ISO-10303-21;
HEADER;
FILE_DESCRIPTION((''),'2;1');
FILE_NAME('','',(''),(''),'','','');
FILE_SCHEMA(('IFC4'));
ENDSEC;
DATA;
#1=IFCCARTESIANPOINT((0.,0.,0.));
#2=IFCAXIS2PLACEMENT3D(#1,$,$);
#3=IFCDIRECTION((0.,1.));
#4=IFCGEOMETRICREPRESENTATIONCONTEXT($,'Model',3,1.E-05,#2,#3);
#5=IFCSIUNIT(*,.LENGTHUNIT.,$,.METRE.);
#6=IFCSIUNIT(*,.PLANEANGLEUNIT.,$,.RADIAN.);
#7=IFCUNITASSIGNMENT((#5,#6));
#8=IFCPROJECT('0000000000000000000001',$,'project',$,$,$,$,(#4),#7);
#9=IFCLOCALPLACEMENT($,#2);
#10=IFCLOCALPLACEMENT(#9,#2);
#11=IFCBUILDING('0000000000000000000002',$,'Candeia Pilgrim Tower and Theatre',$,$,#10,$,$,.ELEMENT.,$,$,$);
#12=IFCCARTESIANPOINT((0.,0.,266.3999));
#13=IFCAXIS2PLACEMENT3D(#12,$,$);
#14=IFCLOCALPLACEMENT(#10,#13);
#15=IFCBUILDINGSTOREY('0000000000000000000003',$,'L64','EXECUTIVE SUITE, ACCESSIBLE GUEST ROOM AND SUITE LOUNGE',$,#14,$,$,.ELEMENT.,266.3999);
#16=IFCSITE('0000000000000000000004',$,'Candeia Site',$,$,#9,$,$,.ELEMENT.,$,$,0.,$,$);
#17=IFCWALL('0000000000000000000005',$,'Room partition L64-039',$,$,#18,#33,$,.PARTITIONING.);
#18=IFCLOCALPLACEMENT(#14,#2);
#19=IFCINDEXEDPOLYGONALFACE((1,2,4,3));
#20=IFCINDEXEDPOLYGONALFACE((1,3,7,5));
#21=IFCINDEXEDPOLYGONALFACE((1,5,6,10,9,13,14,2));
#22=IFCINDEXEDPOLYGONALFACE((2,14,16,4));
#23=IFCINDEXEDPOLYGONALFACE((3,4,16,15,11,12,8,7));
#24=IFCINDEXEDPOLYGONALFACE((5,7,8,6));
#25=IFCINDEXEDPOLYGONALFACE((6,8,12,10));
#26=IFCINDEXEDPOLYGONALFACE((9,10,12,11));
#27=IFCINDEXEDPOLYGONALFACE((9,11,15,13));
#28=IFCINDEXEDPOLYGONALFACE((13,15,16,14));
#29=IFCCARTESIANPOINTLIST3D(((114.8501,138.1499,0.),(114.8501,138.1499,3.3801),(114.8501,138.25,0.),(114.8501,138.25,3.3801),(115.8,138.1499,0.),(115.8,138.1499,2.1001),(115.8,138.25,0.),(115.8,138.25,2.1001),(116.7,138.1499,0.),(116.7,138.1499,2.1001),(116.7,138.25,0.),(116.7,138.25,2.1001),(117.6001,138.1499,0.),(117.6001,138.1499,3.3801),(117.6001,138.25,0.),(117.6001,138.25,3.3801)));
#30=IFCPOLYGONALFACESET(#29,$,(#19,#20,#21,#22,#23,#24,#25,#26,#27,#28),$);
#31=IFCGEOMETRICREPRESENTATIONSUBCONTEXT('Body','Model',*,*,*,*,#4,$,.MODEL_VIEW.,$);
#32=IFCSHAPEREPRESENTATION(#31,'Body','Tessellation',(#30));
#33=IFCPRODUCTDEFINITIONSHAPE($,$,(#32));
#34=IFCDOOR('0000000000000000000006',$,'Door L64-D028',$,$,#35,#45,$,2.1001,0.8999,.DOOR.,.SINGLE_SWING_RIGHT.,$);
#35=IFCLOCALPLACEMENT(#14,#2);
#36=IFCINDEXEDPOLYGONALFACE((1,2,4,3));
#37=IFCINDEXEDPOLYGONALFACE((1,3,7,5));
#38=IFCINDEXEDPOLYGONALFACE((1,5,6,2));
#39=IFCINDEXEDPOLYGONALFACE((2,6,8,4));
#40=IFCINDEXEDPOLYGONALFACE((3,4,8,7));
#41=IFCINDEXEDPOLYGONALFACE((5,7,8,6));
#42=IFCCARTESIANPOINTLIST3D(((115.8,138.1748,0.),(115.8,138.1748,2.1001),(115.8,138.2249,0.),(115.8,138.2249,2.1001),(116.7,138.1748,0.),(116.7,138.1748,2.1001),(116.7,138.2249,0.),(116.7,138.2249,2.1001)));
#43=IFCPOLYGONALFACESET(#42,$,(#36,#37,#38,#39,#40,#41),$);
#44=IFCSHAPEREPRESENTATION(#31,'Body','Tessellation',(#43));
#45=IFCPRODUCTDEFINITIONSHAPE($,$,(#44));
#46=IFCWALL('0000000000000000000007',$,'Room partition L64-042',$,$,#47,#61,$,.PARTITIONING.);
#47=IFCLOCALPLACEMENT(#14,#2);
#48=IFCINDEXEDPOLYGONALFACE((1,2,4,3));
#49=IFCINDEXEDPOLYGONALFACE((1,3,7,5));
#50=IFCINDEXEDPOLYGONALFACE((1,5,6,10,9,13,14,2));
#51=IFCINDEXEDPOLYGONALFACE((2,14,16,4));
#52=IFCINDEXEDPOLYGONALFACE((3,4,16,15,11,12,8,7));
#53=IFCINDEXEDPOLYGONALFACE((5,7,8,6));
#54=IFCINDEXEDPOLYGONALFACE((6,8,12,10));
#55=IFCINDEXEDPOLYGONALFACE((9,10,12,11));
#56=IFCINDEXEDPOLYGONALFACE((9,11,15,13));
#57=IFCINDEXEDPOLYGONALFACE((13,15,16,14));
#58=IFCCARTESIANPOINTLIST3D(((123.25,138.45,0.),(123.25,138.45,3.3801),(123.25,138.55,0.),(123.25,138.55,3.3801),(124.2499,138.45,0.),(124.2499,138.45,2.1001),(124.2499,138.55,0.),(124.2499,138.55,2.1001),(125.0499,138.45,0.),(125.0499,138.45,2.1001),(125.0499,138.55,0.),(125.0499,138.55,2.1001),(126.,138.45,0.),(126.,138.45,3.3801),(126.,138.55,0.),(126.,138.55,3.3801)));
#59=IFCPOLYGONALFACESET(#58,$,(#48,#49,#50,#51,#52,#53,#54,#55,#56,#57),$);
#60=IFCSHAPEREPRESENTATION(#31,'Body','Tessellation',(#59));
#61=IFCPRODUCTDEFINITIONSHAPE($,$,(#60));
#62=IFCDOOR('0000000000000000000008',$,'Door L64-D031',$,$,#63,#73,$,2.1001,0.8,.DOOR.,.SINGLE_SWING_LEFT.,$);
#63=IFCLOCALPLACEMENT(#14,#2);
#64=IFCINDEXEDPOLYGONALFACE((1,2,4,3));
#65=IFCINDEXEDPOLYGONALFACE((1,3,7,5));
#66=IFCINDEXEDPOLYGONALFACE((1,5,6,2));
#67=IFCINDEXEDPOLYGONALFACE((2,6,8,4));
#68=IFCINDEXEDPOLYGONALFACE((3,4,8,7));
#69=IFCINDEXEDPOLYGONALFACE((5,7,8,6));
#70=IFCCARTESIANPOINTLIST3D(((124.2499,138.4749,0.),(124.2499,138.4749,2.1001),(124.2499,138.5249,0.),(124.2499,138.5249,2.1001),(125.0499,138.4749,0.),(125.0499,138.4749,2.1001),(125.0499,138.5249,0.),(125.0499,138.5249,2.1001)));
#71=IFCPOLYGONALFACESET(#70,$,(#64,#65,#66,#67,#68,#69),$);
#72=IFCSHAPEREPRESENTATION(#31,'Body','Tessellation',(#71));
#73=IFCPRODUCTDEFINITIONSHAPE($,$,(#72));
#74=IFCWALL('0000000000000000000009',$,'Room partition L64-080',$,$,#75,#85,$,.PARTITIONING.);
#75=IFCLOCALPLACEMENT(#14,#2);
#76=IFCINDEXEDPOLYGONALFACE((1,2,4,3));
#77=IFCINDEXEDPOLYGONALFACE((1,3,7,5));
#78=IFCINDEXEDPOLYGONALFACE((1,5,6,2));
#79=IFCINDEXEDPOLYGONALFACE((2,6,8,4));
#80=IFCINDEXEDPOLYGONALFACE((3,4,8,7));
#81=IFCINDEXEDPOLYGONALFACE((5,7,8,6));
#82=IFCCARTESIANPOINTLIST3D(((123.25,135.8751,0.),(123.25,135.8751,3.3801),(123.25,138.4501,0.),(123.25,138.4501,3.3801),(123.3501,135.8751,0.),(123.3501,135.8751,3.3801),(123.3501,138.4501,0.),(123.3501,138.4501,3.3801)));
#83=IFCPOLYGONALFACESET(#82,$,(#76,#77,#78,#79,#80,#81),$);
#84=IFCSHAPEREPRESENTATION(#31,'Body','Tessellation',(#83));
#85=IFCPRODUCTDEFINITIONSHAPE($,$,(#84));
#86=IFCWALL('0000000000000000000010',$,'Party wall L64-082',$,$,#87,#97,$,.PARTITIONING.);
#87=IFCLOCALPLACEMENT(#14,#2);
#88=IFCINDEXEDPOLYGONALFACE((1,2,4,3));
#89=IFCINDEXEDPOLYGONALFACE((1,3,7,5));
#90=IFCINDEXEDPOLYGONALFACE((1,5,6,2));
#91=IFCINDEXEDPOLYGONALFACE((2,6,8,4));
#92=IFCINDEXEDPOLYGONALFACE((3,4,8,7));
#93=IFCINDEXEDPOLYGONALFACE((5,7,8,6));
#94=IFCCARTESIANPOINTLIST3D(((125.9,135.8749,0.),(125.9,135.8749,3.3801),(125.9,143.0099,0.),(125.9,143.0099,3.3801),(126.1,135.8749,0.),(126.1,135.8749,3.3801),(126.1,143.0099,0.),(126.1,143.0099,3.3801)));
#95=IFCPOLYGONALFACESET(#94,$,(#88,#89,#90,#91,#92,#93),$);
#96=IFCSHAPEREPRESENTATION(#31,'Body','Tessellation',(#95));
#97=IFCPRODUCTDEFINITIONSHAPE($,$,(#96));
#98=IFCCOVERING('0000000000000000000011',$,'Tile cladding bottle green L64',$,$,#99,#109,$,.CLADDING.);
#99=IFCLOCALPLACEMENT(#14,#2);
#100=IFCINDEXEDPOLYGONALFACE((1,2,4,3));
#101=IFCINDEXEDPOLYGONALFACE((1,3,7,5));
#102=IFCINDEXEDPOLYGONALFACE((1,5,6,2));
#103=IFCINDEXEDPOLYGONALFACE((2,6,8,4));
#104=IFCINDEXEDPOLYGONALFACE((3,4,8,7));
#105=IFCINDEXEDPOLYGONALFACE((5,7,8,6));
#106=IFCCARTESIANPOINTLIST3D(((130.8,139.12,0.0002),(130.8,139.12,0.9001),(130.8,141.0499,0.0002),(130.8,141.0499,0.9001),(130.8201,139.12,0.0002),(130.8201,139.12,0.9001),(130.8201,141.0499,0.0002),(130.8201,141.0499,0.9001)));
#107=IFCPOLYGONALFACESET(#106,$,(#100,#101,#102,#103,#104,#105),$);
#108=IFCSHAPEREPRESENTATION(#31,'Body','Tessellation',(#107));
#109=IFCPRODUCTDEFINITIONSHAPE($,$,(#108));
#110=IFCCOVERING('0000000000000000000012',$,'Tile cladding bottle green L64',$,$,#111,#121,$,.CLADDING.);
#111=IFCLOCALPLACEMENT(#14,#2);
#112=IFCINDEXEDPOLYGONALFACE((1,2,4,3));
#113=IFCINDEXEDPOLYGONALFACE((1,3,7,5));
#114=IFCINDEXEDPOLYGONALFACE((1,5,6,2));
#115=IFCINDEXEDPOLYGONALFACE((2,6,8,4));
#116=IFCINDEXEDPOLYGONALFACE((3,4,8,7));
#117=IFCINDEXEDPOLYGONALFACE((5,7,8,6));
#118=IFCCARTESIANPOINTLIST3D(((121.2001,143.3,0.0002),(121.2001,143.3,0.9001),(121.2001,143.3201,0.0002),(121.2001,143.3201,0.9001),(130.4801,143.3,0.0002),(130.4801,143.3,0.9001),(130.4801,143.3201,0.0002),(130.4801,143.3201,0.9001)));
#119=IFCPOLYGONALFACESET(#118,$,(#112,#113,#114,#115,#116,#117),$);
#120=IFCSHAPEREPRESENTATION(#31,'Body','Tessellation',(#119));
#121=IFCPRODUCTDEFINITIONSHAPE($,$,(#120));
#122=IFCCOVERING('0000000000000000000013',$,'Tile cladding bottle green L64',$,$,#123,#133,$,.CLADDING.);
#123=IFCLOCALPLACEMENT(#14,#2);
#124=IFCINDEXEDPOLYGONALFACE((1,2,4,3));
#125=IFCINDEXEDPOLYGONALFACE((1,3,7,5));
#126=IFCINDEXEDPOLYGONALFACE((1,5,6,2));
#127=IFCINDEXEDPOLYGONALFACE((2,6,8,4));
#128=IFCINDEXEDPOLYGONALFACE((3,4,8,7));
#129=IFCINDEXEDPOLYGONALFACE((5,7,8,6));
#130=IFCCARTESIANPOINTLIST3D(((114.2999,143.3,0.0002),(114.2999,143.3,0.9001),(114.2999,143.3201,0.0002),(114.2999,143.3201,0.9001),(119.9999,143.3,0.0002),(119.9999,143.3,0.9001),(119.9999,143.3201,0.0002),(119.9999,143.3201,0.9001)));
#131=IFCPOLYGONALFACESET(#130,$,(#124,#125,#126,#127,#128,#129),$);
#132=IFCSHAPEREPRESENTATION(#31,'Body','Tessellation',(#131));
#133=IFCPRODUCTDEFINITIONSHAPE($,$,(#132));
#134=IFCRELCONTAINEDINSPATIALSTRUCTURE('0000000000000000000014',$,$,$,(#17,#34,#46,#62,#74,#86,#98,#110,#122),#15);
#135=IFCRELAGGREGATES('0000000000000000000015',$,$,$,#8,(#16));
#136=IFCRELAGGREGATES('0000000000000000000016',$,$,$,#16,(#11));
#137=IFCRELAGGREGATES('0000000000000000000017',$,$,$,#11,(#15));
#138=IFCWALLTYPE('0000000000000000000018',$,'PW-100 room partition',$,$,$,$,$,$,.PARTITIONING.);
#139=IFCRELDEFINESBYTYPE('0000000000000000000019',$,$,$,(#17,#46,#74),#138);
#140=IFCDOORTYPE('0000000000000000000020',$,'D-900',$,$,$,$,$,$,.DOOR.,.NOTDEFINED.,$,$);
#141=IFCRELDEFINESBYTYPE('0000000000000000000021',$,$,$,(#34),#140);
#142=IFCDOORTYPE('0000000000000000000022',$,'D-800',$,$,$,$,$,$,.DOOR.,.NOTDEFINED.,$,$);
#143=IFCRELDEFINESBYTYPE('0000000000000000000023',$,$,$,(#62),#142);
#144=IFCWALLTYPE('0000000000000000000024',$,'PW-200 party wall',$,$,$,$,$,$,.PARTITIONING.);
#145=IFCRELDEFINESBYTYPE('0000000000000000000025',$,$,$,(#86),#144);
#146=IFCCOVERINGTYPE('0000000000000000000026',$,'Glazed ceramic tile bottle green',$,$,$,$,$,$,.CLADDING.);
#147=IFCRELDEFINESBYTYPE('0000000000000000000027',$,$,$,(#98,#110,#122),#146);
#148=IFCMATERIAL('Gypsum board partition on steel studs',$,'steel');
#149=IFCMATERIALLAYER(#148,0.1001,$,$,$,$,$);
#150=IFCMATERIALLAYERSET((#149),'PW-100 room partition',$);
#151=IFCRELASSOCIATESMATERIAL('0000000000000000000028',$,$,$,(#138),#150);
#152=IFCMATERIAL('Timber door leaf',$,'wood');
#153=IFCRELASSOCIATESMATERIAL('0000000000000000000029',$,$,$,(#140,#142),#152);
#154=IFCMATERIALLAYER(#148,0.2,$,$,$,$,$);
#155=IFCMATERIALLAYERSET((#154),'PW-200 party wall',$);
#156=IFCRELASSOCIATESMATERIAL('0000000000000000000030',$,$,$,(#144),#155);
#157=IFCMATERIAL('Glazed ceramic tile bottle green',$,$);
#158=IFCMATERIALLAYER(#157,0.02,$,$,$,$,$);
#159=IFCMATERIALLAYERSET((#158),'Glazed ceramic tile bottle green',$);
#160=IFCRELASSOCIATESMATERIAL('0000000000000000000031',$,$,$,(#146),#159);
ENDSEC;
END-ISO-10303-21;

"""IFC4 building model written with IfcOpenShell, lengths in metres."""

from ifc_helpers import new_model, si_unit, direction, frame, frame_2d, origin, origin_2d, place, context, subcontext, project, spatial, rectangle, extrude, material, layer, layer_set, type_object, element, fill, save


model = new_model("IFC4")

# Units and contexts
model_context = context("Model", 3, precision=1e-05, world=origin(), true_north=direction((0.0, 1.0)))
body_context = subcontext(model_context, "Body", "Model", "MODEL_VIEW")
ifc_project = project(units=[si_unit("LENGTHUNIT", "METRE"), si_unit("PLANEANGLEUNIT", "RADIAN")], contexts=[model_context])

# Site, building, storey
site_placement = place(None, origin())
site = spatial("IfcSite", under=ifc_project, at=site_placement, Name="Candeia Site", CompositionType="ELEMENT", RefElevation=0.0)
building_placement = place(site_placement, origin())
building = spatial("IfcBuilding", under=site, at=building_placement, Name="Candeia Pilgrim Tower and Theatre", CompositionType="ELEMENT")
storey_placement = place(building_placement, frame((0.0, 0.0, 266.3999)))
storey = spatial("IfcBuildingStorey", under=building, at=storey_placement, Name="L64", Description="EXECUTIVE SUITE, ACCESSIBLE GUEST ROOM AND SUITE LOUNGE", CompositionType="ELEMENT", Elevation=266.3999)

# Walls, openings, doors
ifc_material_1 = material(Name="Gypsum board partition on steel studs", Category="steel")
ifc_layer_1 = layer(ifc_material_1, 0.1001)
ifc_layer_set_1 = layer_set([ifc_layer_1], Name="PW-100 room partition")
wall_type_1 = type_object("IfcWallType", Name="PW-100 room partition", PredefinedType="PARTITIONING", material=ifc_layer_set_1)
wall_1_placement = place(storey_placement, frame((114.8501, 138.2, 0.0), z_axis=(0.0, 0.0, 1.0), x_axis=(1.0, 0.0, 0.0)))
wall_1 = element("IfcWall", 1, at=wall_1_placement, inside=storey, type_object=wall_type_1, Name="Room partition L64-039", PredefinedType="PARTITIONING", context=body_context, shape_type="SweptSolid", body=[
    extrude(rectangle(XDim=2.75, YDim=0.1001, at=frame_2d((1.375, 0.0))), origin(), (0.0, 0.0, 1.0), 3.3801),
])
opening_1_placement = place(wall_1_placement, frame((0.95, 0.0, 0.0)))
opening_1 = element("IfcOpeningElement", 2, at=opening_1_placement, cuts=wall_1, PredefinedType="OPENING", context=body_context, shape_type="SweptSolid", body=[
    extrude(rectangle(XDim=0.8999, YDim=2.1001, at=frame_2d((0.45, 1.05))), frame((0.0, 0.0601, 0.0), z_axis=(0.0, -1.0, 0.0), x_axis=(1.0, 0.0, 0.0)), (0.0, 0.0, 1.0), 0.1201),
])
ifc_material_2 = material(Name="Timber door leaf", Category="wood")
door_type_1 = type_object("IfcDoorType", Name="D-900", OperationType="NOTDEFINED", PredefinedType="DOOR", material=ifc_material_2)
door_1_placement = place(opening_1_placement, origin())
door_1 = element("IfcDoor", 3, at=door_1_placement, inside=storey, type_object=door_type_1, Name="Door L64-D028", OperationType="SINGLE_SWING_RIGHT", OverallHeight=2.1001, OverallWidth=0.8999, PredefinedType="DOOR", context=body_context, shape_type="SweptSolid", body=[
    extrude(rectangle(XDim=0.8999, YDim=2.1001, at=frame_2d((0.45, 1.05))), frame((0.0, 0.0249, 0.0), z_axis=(0.0, -1.0, 0.0), x_axis=(1.0, 0.0, 0.0)), (0.0, 0.0, 1.0), 0.05),
])
fill(opening_1, door_1)
wall_2_placement = place(storey_placement, frame((123.25, 138.5, 0.0), z_axis=(0.0, 0.0, 1.0), x_axis=(1.0, 0.0, 0.0)))
wall_2 = element("IfcWall", 4, at=wall_2_placement, inside=storey, type_object=wall_type_1, Name="Room partition L64-042", PredefinedType="PARTITIONING", context=body_context, shape_type="SweptSolid", body=[
    extrude(rectangle(XDim=2.75, YDim=0.1001, at=frame_2d((1.375, 0.0))), origin(), (0.0, 0.0, 1.0), 3.3801),
])
opening_2_placement = place(wall_2_placement, frame((1.0, 0.0, 0.0)))
opening_2 = element("IfcOpeningElement", 5, at=opening_2_placement, cuts=wall_2, PredefinedType="OPENING", context=body_context, shape_type="SweptSolid", body=[
    extrude(rectangle(XDim=0.8, YDim=2.1001, at=frame_2d((0.3999, 1.05))), frame((0.0, 0.0601, 0.0), z_axis=(0.0, -1.0, 0.0), x_axis=(1.0, 0.0, 0.0)), (0.0, 0.0, 1.0), 0.1201),
])
door_type_2 = type_object("IfcDoorType", Name="D-800", OperationType="NOTDEFINED", PredefinedType="DOOR", material=ifc_material_2)
door_2_placement = place(opening_2_placement, origin())
door_2 = element("IfcDoor", 6, at=door_2_placement, inside=storey, type_object=door_type_2, Name="Door L64-D031", OperationType="SINGLE_SWING_LEFT", OverallHeight=2.1001, OverallWidth=0.8, PredefinedType="DOOR", context=body_context, shape_type="SweptSolid", body=[
    extrude(rectangle(XDim=0.8, YDim=2.1001, at=frame_2d((0.3999, 1.05))), frame((0.0, 0.0249, 0.0), z_axis=(0.0, -1.0, 0.0), x_axis=(1.0, 0.0, 0.0)), (0.0, 0.0, 1.0), 0.05),
])
fill(opening_2, door_2)

# Walls
wall_3_placement = place(storey_placement, frame((123.3, 135.875, 0.0), z_axis=(0.0, 0.0, 1.0), x_axis=(0.0, 1.0, 0.0)))
element("IfcWall", 7, at=wall_3_placement, inside=storey, type_object=wall_type_1, Name="Room partition L64-080", PredefinedType="PARTITIONING", context=body_context, shape_type="SweptSolid", body=[
    extrude(rectangle(XDim=2.575, YDim=0.1001, at=frame_2d((1.2876, 0.0))), origin(), (0.0, 0.0, 1.0), 3.3801),
])
ifc_layer_2 = layer(ifc_material_1, 0.2)
ifc_layer_set_2 = layer_set([ifc_layer_2], Name="PW-200 party wall")
wall_type_2 = type_object("IfcWallType", Name="PW-200 party wall", PredefinedType="PARTITIONING", material=ifc_layer_set_2)
wall_4_placement = place(storey_placement, frame((126.0, 135.875, 0.0), z_axis=(0.0, 0.0, 1.0), x_axis=(0.0, 1.0, 0.0)))
element("IfcWall", 8, at=wall_4_placement, inside=storey, type_object=wall_type_2, Name="Party wall L64-082", PredefinedType="PARTITIONING", context=body_context, shape_type="SweptSolid", body=[
    extrude(rectangle(XDim=7.135, YDim=0.2, at=frame_2d((3.5674, 0.0))), origin(), (0.0, 0.0, 1.0), 3.3801),
])

# Coverings
ifc_material_3 = material(Name="Glazed ceramic tile bottle green")
ifc_layer_3 = layer(ifc_material_3, 0.02)
ifc_layer_set_3 = layer_set([ifc_layer_3], Name="Glazed ceramic tile bottle green")
covering_type = type_object("IfcCoveringType", Name="Glazed ceramic tile bottle green", PredefinedType="CLADDING", material=ifc_layer_set_3)
covering_1_placement = place(storey_placement, frame((130.8101, 140.085, 0.0002), z_axis=(0.0, 0.0, 1.0), x_axis=(0.0, 1.0, 0.0)))
element("IfcCovering", 9, at=covering_1_placement, inside=storey, type_object=covering_type, Name="Tile cladding bottle green L64", PredefinedType="CLADDING", context=body_context, shape_type="SweptSolid", body=[
    extrude(rectangle(XDim=1.9299, YDim=0.02, at=origin_2d()), origin(), (0.0, 0.0, 1.0), 0.8999),
])
covering_2_placement = place(storey_placement, frame((125.8401, 143.3101, 0.0002), z_axis=(0.0, 0.0, 1.0), x_axis=(-1.0, 0.0, 0.0)))
element("IfcCovering", 10, at=covering_2_placement, inside=storey, type_object=covering_type, Name="Tile cladding bottle green L64", PredefinedType="CLADDING", context=body_context, shape_type="SweptSolid", body=[
    extrude(rectangle(XDim=9.28, YDim=0.02, at=origin_2d()), origin(), (0.0, 0.0, 1.0), 0.8999),
])
covering_3_placement = place(storey_placement, frame((117.1499, 143.3101, 0.0002), z_axis=(0.0, 0.0, 1.0), x_axis=(-1.0, 0.0, 0.0)))
element("IfcCovering", 11, at=covering_3_placement, inside=storey, type_object=covering_type, Name="Tile cladding bottle green L64", PredefinedType="CLADDING", context=body_context, shape_type="SweptSolid", body=[
    extrude(rectangle(XDim=5.7, YDim=0.02, at=origin_2d()), origin(), (0.0, 0.0, 1.0), 0.8999),
])

save(model, "model.ifc")
